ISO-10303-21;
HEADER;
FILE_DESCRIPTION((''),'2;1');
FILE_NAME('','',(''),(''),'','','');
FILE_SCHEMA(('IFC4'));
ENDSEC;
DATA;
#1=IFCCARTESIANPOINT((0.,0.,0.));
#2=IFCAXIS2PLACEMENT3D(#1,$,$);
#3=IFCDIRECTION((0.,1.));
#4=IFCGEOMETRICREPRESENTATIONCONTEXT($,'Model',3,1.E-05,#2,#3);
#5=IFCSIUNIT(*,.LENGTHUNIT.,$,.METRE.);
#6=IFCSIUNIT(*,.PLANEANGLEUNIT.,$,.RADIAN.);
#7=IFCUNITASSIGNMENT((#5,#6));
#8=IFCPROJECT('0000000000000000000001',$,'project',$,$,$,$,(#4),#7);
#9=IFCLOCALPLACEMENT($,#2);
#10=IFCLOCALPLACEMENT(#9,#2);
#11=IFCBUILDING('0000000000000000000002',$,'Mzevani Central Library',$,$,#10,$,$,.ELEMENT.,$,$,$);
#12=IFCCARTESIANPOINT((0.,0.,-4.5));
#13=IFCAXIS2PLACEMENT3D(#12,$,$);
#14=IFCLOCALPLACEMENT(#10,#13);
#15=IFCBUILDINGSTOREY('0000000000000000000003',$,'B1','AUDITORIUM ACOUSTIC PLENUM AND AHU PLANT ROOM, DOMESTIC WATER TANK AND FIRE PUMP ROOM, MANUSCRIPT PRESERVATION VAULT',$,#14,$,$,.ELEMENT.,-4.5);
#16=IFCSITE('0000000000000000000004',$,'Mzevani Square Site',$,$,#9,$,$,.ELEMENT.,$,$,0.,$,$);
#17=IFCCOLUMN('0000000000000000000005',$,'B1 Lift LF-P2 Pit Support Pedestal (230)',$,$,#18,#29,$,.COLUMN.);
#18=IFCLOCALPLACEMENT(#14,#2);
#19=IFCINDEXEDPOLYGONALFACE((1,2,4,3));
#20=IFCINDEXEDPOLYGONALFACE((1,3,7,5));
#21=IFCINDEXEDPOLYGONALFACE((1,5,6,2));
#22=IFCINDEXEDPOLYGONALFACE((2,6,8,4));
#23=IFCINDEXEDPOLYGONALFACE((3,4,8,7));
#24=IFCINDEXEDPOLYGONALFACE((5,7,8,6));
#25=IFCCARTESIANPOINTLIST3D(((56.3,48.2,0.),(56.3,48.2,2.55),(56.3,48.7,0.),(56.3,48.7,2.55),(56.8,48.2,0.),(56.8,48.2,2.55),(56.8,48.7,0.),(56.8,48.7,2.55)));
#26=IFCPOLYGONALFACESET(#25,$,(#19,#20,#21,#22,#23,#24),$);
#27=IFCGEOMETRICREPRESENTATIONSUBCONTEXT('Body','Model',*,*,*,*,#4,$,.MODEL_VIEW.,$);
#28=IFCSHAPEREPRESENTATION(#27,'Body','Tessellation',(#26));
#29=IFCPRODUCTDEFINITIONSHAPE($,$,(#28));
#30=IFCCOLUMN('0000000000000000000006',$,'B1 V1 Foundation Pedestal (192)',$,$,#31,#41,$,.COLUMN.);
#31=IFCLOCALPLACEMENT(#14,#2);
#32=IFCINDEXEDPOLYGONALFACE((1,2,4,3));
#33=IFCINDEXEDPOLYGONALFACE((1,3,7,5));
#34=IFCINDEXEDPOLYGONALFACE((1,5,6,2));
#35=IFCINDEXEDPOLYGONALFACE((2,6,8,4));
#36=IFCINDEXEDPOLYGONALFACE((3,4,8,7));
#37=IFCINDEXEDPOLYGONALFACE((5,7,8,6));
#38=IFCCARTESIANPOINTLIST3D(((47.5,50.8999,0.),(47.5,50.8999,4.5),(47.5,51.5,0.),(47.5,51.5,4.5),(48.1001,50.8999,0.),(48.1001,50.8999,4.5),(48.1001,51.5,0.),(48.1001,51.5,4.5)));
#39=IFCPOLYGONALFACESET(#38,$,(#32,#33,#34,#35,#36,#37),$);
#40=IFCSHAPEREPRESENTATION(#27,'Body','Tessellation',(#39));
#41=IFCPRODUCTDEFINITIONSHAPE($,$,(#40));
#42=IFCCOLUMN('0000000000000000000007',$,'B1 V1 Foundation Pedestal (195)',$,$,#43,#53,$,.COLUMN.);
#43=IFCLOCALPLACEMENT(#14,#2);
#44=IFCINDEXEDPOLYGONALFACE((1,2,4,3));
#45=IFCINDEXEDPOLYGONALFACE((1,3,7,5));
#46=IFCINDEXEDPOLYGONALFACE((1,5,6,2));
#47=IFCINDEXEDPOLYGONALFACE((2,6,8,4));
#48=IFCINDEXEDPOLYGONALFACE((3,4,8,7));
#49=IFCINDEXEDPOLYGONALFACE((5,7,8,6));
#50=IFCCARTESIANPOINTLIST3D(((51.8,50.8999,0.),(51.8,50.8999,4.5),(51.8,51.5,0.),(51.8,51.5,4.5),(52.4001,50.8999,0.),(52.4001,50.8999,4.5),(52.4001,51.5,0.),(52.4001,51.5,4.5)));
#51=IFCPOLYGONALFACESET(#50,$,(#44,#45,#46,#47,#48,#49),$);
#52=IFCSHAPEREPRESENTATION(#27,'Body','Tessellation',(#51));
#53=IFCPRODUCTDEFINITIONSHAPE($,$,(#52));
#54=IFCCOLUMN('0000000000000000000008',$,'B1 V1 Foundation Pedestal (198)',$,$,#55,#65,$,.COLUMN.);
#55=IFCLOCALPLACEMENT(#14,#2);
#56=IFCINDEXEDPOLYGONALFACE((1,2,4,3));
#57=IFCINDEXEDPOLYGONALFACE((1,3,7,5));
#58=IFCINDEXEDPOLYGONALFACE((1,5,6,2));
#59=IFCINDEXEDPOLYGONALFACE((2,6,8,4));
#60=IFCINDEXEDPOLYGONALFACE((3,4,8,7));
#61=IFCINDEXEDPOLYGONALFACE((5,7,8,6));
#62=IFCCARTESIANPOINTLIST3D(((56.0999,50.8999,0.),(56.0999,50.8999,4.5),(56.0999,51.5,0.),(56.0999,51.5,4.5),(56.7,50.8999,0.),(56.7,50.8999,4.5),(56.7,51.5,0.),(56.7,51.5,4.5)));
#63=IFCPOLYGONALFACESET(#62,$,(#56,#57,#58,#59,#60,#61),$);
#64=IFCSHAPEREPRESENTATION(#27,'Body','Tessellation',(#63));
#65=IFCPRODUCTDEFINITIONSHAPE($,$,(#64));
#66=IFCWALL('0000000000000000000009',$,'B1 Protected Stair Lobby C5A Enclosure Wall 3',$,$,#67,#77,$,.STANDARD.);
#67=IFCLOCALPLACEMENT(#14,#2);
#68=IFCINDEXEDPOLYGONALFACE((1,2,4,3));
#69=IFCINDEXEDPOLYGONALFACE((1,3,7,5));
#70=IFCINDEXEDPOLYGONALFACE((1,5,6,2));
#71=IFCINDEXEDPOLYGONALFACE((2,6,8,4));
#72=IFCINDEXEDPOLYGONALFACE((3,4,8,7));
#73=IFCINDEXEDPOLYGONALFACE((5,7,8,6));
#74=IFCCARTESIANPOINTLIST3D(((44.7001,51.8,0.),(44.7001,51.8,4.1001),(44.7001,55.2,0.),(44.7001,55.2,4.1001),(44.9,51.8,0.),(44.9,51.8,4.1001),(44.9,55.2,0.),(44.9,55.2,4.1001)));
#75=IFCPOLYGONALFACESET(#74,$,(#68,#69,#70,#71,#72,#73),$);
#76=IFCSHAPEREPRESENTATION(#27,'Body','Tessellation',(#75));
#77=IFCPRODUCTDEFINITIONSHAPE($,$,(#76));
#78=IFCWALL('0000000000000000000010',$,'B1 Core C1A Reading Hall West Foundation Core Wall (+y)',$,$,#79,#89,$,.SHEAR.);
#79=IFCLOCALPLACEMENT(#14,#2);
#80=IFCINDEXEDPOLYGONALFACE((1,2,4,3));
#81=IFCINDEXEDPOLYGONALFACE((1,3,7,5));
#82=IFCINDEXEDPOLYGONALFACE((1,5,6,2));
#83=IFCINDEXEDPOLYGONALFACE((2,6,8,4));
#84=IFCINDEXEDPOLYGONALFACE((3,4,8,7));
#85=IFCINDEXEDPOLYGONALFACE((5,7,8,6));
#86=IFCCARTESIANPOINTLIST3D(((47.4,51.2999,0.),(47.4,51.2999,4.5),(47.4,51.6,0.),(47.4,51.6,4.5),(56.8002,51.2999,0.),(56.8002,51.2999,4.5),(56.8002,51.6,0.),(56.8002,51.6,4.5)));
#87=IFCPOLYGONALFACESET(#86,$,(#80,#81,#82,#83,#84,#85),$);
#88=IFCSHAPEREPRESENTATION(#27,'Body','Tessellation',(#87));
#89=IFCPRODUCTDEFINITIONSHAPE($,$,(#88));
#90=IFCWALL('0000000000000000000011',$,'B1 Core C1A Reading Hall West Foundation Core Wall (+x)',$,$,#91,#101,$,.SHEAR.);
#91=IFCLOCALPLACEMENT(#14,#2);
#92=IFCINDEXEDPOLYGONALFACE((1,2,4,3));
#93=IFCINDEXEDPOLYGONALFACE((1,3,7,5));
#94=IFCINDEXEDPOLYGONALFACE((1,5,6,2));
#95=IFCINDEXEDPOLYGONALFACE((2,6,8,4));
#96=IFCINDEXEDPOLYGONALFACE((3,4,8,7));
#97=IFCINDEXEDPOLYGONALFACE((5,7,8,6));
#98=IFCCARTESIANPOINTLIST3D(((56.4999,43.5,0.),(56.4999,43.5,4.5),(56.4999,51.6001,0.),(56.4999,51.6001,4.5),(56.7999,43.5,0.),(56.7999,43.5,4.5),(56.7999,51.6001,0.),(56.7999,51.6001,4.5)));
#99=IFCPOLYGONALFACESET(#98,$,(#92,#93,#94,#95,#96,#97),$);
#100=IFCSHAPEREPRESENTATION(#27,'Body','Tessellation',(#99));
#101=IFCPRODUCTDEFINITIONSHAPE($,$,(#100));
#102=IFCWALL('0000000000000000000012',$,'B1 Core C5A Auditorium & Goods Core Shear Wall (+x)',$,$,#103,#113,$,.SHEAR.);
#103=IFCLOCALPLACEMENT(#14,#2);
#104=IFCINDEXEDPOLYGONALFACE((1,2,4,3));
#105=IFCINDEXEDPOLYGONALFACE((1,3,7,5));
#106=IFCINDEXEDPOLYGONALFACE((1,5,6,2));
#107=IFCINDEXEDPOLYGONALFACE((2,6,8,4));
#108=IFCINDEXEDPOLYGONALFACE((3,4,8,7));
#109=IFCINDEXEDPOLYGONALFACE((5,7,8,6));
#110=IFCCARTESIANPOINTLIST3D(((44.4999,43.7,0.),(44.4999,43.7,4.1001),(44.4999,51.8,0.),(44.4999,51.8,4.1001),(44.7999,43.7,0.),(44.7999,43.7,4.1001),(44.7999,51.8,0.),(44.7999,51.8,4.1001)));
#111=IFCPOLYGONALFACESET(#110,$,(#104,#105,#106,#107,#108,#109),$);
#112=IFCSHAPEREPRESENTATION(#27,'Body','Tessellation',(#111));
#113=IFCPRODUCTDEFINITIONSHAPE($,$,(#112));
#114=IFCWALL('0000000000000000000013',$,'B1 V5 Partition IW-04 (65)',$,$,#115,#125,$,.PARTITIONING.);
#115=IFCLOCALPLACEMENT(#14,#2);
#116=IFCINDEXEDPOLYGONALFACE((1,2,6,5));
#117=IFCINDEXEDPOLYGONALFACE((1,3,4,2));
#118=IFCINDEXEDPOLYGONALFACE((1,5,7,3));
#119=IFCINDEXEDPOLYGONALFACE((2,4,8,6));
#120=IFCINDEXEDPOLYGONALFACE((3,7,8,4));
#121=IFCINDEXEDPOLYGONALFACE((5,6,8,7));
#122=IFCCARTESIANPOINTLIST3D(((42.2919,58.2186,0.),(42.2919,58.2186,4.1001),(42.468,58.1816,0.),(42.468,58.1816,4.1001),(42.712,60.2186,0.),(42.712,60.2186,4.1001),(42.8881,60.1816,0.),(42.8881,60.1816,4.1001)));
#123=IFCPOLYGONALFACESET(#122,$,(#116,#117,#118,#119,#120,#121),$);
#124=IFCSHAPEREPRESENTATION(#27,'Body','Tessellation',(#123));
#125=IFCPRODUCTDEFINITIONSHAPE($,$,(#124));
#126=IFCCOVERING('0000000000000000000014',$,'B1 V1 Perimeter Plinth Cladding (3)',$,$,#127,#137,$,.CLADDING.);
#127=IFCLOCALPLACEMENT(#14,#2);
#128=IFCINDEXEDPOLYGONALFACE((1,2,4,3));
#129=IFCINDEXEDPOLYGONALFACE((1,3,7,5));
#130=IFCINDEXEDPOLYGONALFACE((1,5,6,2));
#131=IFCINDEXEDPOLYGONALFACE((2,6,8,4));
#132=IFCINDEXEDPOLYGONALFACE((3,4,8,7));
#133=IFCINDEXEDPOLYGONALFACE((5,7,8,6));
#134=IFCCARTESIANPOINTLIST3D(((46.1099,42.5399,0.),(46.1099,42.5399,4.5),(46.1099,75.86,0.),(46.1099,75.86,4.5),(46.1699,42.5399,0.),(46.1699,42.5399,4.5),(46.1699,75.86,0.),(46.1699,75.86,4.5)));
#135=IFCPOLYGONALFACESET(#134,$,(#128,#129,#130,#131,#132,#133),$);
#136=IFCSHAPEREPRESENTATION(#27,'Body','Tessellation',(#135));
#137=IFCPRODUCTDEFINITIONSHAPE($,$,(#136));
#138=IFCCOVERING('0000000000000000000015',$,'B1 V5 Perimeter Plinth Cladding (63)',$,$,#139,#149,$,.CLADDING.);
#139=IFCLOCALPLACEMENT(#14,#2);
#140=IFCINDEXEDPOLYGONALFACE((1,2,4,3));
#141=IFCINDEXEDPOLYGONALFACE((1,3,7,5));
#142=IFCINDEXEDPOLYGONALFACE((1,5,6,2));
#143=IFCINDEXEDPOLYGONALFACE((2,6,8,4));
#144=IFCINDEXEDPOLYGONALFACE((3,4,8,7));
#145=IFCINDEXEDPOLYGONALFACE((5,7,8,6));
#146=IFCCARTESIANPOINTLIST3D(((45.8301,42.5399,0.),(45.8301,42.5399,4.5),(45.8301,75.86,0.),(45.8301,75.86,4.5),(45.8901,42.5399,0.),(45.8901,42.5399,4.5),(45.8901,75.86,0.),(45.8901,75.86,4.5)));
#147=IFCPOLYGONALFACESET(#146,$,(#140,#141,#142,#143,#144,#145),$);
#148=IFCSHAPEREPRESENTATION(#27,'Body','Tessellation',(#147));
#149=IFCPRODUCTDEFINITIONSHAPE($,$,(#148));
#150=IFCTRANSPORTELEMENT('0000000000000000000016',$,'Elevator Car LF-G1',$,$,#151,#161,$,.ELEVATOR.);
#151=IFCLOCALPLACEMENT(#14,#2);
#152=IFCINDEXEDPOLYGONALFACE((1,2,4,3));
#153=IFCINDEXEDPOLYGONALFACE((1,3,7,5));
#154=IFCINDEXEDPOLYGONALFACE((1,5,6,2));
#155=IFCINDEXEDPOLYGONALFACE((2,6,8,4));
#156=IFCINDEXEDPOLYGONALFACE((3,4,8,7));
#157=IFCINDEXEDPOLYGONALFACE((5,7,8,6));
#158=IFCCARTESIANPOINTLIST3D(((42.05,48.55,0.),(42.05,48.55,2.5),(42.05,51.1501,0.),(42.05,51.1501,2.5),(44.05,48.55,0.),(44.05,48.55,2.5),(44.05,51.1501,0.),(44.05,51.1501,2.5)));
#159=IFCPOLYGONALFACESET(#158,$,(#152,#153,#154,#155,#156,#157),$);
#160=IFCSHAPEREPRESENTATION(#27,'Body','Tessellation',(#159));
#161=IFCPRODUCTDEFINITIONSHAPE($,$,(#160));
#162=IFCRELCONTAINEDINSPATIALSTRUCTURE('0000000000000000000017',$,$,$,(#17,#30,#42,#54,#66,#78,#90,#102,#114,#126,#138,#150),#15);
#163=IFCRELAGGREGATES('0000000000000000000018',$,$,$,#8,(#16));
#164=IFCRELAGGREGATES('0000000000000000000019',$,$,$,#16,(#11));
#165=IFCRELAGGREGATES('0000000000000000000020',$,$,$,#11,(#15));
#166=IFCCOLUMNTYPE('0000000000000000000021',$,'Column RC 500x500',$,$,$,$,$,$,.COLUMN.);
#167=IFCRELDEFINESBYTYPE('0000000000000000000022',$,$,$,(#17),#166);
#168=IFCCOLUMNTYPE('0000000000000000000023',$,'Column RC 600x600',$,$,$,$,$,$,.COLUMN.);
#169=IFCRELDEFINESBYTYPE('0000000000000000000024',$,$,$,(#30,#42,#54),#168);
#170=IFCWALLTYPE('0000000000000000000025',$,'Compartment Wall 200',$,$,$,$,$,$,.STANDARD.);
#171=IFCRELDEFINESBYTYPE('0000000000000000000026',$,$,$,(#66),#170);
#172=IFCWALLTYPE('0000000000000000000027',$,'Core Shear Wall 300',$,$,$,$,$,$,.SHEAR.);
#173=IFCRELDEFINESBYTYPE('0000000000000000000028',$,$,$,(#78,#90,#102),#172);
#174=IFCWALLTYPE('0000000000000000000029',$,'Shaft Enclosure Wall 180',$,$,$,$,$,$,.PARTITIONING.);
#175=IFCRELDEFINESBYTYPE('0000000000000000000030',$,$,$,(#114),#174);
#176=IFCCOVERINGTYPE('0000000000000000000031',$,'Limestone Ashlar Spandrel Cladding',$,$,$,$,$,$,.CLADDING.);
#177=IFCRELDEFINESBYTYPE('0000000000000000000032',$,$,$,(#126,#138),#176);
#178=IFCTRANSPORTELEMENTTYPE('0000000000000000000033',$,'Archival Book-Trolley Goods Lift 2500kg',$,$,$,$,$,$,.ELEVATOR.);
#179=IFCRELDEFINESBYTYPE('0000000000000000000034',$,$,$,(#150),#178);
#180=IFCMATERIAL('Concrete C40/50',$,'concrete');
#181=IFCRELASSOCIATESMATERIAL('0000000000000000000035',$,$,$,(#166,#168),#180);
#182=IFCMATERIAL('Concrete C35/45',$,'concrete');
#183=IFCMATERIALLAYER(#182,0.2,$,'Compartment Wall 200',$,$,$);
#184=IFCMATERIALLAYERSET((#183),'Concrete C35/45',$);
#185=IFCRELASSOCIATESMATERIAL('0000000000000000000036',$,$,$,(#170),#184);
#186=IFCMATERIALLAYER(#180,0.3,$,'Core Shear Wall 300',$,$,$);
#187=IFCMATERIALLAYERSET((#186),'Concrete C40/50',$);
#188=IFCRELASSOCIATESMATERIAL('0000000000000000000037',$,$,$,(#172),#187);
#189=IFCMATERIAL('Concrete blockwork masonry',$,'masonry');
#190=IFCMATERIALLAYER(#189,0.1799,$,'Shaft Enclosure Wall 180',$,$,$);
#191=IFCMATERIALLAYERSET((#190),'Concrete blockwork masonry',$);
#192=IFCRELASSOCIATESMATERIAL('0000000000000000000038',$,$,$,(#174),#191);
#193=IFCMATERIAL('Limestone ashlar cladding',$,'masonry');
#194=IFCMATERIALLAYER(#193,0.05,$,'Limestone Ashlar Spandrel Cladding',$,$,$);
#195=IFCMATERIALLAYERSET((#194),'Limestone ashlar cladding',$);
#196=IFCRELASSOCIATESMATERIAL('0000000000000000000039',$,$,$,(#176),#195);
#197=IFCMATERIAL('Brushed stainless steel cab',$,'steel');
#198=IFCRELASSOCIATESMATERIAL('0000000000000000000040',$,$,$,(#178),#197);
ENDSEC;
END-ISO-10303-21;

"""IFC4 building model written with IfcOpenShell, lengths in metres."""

from ifc_helpers import new_model, si_unit, direction, frame, frame_2d, origin, origin_2d, place, context, subcontext, project, spatial, rectangle, extrude, material, layer, layer_set, material_profile, profile_set, type_object, element, save


model = new_model("IFC4")

# Units and contexts
model_context = context("Model", 3, precision=1e-05, world=origin(), true_north=direction((0.0, 1.0)))
body_context = subcontext(model_context, "Body", "Model", "MODEL_VIEW")
ifc_project = project(units=[si_unit("LENGTHUNIT", "METRE"), si_unit("PLANEANGLEUNIT", "RADIAN")], contexts=[model_context])

# Site, building, storey
site_placement = place(None, origin())
site = spatial("IfcSite", under=ifc_project, at=site_placement, Name="Mzevani Square Site", CompositionType="ELEMENT", RefElevation=0.0)
building_placement = place(site_placement, origin())
building = spatial("IfcBuilding", under=site, at=building_placement, Name="Mzevani Central Library", CompositionType="ELEMENT")
storey_placement = place(building_placement, frame((0.0, 0.0, -4.5)))
storey = spatial("IfcBuildingStorey", under=building, at=storey_placement, Name="B1", Description="AUDITORIUM ACOUSTIC PLENUM AND AHU PLANT ROOM, DOMESTIC WATER TANK AND FIRE PUMP ROOM, MANUSCRIPT PRESERVATION VAULT", CompositionType="ELEMENT", Elevation=-4.5)

# Shared definitions
ifc_material_1 = material(Name="Concrete C40/50", Category="concrete")

# Columns
ifc_material_profile_1 = material_profile(ifc_material_1, rectangle(XDim=0.5, YDim=0.5, at=origin_2d()), Name="RC 500x500")
ifc_profile_set_1 = profile_set([ifc_material_profile_1], Name="Concrete C40/50")
column_type_1 = type_object("IfcColumnType", Name="Column RC 500x500", PredefinedType="COLUMN", material=ifc_profile_set_1)
for number, where, z_axis, x_axis, name in (
    (1, (56.55, 48.45, 0.0), (0.0, 0.0, 1.0), (1.0, 0.0, 0.0), "B1 Lift LF-P2 Pit Support Pedestal (230)"),
):
    element("IfcColumn", number, at=place(storey_placement, frame(where, z_axis=z_axis, x_axis=x_axis)), inside=storey, type_object=column_type_1, Name=name, PredefinedType="COLUMN", context=body_context, shape_type="SweptSolid", body=[
        extrude(rectangle(XDim=0.5, YDim=0.5, at=origin_2d()), origin(), (0.0, 0.0, 1.0), 2.55),
    ])
ifc_material_profile_2 = material_profile(ifc_material_1, rectangle(XDim=0.6001, YDim=0.6001, at=origin_2d()), Name="RC 600x600")
ifc_profile_set_2 = profile_set([ifc_material_profile_2], Name="Concrete C40/50")
column_type_2 = type_object("IfcColumnType", Name="Column RC 600x600", PredefinedType="COLUMN", material=ifc_profile_set_2)
for number, where, z_axis, x_axis, name in (
    (2, (47.8, 51.2, 0.0), (0.0, 0.0, 1.0), (1.0, 0.0, 0.0), "B1 V1 Foundation Pedestal (192)"),
    (3, (52.1001, 51.2, 0.0), (0.0, 0.0, 1.0), (1.0, 0.0, 0.0), "B1 V1 Foundation Pedestal (195)"),
    (4, (56.3999, 51.2, 0.0), (0.0, 0.0, 1.0), (1.0, 0.0, 0.0), "B1 V1 Foundation Pedestal (198)"),
):
    element("IfcColumn", number, at=place(storey_placement, frame(where, z_axis=z_axis, x_axis=x_axis)), inside=storey, type_object=column_type_2, Name=name, PredefinedType="COLUMN", context=body_context, shape_type="SweptSolid", body=[
        extrude(rectangle(XDim=0.6001, YDim=0.6001, at=origin_2d()), origin(), (0.0, 0.0, 1.0), 4.5),
    ])

# Walls
ifc_material_2 = material(Name="Concrete C35/45", Category="concrete")
ifc_layer_1 = layer(ifc_material_2, 0.2, Name="Compartment Wall 200")
ifc_layer_set_1 = layer_set([ifc_layer_1], Name="Concrete C35/45")
wall_type_1 = type_object("IfcWallType", Name="Compartment Wall 200", PredefinedType="STANDARD", material=ifc_layer_set_1)
wall_1_placement = place(storey_placement, frame((44.8, 55.2, 0.0), z_axis=(0.0, 0.0, 1.0), x_axis=(0.0, -1.0, 0.0)))
element("IfcWall", 5, at=wall_1_placement, inside=storey, type_object=wall_type_1, Name="B1 Protected Stair Lobby C5A Enclosure Wall 3", PredefinedType="STANDARD", context=body_context, shape_type="SweptSolid", body=[
    extrude(rectangle(XDim=3.3999, YDim=0.2, at=frame_2d((1.7, 0.0))), origin(), (0.0, 0.0, 1.0), 4.1001),
])
ifc_layer_2 = layer(ifc_material_1, 0.3, Name="Core Shear Wall 300")
ifc_layer_set_2 = layer_set([ifc_layer_2], Name="Concrete C40/50")
wall_type_2 = type_object("IfcWallType", Name="Core Shear Wall 300", PredefinedType="SHEAR", material=ifc_layer_set_2)
wall_2_placement = place(storey_placement, frame((47.3999, 51.45, 0.0), z_axis=(0.0, 0.0, 1.0), x_axis=(1.0, 0.0, 0.0)))
element("IfcWall", 6, at=wall_2_placement, inside=storey, type_object=wall_type_2, Name="B1 Core C1A Reading Hall West Foundation Core Wall (+y)", PredefinedType="SHEAR", context=body_context, shape_type="SweptSolid", body=[
    extrude(rectangle(XDim=9.4001, YDim=0.3, at=frame_2d((4.7002, 0.0))), origin(), (0.0, 0.0, 1.0), 4.5),
])
wall_3_placement = place(storey_placement, frame((56.6499, 51.6001, 0.0), z_axis=(0.0, 0.0, 1.0), x_axis=(0.0, -1.0, 0.0)))
element("IfcWall", 7, at=wall_3_placement, inside=storey, type_object=wall_type_2, Name="B1 Core C1A Reading Hall West Foundation Core Wall (+x)", PredefinedType="SHEAR", context=body_context, shape_type="SweptSolid", body=[
    extrude(rectangle(XDim=8.1001, YDim=0.3, at=frame_2d((4.05, 0.0))), origin(), (0.0, 0.0, 1.0), 4.5),
])
wall_4_placement = place(storey_placement, frame((44.6499, 51.8, 0.0), z_axis=(0.0, 0.0, 1.0), x_axis=(0.0, -1.0, 0.0)))
element("IfcWall", 8, at=wall_4_placement, inside=storey, type_object=wall_type_2, Name="B1 Core C5A Auditorium & Goods Core Shear Wall (+x)", PredefinedType="SHEAR", context=body_context, shape_type="SweptSolid", body=[
    extrude(rectangle(XDim=8.1001, YDim=0.3, at=frame_2d((4.05, 0.0))), origin(), (0.0, 0.0, 1.0), 4.1001),
])
ifc_material_3 = material(Name="Concrete blockwork masonry", Category="masonry")
ifc_layer_3 = layer(ifc_material_3, 0.1799, Name="Shaft Enclosure Wall 180")
ifc_layer_set_3 = layer_set([ifc_layer_3], Name="Concrete blockwork masonry")
wall_type_3 = type_object("IfcWallType", Name="Shaft Enclosure Wall 180", PredefinedType="PARTITIONING", material=ifc_layer_set_3)
wall_5_placement = place(storey_placement, frame((42.3799, 58.2, 0.0), z_axis=(0.0, 0.0, 1.0), x_axis=(0.205595, 0.978637, 0.0)))
element("IfcWall", 9, at=wall_5_placement, inside=storey, type_object=wall_type_3, Name="B1 V5 Partition IW-04 (65)", PredefinedType="PARTITIONING", context=body_context, shape_type="SweptSolid", body=[
    extrude(rectangle(XDim=2.0437, YDim=0.1799, at=frame_2d((1.022, 0.0))), origin(), (0.0, 0.0, 1.0), 4.1001),
])

# Coverings
ifc_material_4 = material(Name="Limestone ashlar cladding", Category="masonry")
ifc_layer_4 = layer(ifc_material_4, 0.05, Name="Limestone Ashlar Spandrel Cladding")
ifc_layer_set_4 = layer_set([ifc_layer_4], Name="Limestone ashlar cladding")
covering_type = type_object("IfcCoveringType", Name="Limestone Ashlar Spandrel Cladding", PredefinedType="CLADDING", material=ifc_layer_set_4)
for number, where, z_axis, x_axis, name in (
    (10, (46.1399, 59.2, 0.0), (0.0, 0.0, 1.0), (0.0, 1.0, 0.0), "B1 V1 Perimeter Plinth Cladding (3)"),
    (11, (45.8601, 59.2, 0.0), (0.0, 0.0, 1.0), (0.0, -1.0, 0.0), "B1 V5 Perimeter Plinth Cladding (63)"),
):
    element("IfcCovering", number, at=place(storey_placement, frame(where, z_axis=z_axis, x_axis=x_axis)), inside=storey, type_object=covering_type, Name=name, PredefinedType="CLADDING", context=body_context, shape_type="SweptSolid", body=[
        extrude(rectangle(XDim=33.3201, YDim=0.0601, at=origin_2d()), origin(), (0.0, 0.0, 1.0), 4.5),
    ])

# Transport element
ifc_material_5 = material(Name="Brushed stainless steel cab", Category="steel")
transport_element_type = type_object("IfcTransportElementType", Name="Archival Book-Trolley Goods Lift 2500kg", PredefinedType="ELEVATOR", material=ifc_material_5)
transport_element_placement = place(storey_placement, frame((43.05, 49.8501, 0.0), z_axis=(0.0, 0.0, 1.0), x_axis=(1.0, 0.0, 0.0)))
element("IfcTransportElement", 12, at=transport_element_placement, inside=storey, type_object=transport_element_type, Name="Elevator Car LF-G1", PredefinedType="ELEVATOR", context=body_context, shape_type="SweptSolid", body=[
    extrude(rectangle(XDim=2.0, YDim=2.6001, at=origin_2d()), origin(), (0.0, 0.0, 1.0), 2.5),
])

save(model, "model.ifc")
